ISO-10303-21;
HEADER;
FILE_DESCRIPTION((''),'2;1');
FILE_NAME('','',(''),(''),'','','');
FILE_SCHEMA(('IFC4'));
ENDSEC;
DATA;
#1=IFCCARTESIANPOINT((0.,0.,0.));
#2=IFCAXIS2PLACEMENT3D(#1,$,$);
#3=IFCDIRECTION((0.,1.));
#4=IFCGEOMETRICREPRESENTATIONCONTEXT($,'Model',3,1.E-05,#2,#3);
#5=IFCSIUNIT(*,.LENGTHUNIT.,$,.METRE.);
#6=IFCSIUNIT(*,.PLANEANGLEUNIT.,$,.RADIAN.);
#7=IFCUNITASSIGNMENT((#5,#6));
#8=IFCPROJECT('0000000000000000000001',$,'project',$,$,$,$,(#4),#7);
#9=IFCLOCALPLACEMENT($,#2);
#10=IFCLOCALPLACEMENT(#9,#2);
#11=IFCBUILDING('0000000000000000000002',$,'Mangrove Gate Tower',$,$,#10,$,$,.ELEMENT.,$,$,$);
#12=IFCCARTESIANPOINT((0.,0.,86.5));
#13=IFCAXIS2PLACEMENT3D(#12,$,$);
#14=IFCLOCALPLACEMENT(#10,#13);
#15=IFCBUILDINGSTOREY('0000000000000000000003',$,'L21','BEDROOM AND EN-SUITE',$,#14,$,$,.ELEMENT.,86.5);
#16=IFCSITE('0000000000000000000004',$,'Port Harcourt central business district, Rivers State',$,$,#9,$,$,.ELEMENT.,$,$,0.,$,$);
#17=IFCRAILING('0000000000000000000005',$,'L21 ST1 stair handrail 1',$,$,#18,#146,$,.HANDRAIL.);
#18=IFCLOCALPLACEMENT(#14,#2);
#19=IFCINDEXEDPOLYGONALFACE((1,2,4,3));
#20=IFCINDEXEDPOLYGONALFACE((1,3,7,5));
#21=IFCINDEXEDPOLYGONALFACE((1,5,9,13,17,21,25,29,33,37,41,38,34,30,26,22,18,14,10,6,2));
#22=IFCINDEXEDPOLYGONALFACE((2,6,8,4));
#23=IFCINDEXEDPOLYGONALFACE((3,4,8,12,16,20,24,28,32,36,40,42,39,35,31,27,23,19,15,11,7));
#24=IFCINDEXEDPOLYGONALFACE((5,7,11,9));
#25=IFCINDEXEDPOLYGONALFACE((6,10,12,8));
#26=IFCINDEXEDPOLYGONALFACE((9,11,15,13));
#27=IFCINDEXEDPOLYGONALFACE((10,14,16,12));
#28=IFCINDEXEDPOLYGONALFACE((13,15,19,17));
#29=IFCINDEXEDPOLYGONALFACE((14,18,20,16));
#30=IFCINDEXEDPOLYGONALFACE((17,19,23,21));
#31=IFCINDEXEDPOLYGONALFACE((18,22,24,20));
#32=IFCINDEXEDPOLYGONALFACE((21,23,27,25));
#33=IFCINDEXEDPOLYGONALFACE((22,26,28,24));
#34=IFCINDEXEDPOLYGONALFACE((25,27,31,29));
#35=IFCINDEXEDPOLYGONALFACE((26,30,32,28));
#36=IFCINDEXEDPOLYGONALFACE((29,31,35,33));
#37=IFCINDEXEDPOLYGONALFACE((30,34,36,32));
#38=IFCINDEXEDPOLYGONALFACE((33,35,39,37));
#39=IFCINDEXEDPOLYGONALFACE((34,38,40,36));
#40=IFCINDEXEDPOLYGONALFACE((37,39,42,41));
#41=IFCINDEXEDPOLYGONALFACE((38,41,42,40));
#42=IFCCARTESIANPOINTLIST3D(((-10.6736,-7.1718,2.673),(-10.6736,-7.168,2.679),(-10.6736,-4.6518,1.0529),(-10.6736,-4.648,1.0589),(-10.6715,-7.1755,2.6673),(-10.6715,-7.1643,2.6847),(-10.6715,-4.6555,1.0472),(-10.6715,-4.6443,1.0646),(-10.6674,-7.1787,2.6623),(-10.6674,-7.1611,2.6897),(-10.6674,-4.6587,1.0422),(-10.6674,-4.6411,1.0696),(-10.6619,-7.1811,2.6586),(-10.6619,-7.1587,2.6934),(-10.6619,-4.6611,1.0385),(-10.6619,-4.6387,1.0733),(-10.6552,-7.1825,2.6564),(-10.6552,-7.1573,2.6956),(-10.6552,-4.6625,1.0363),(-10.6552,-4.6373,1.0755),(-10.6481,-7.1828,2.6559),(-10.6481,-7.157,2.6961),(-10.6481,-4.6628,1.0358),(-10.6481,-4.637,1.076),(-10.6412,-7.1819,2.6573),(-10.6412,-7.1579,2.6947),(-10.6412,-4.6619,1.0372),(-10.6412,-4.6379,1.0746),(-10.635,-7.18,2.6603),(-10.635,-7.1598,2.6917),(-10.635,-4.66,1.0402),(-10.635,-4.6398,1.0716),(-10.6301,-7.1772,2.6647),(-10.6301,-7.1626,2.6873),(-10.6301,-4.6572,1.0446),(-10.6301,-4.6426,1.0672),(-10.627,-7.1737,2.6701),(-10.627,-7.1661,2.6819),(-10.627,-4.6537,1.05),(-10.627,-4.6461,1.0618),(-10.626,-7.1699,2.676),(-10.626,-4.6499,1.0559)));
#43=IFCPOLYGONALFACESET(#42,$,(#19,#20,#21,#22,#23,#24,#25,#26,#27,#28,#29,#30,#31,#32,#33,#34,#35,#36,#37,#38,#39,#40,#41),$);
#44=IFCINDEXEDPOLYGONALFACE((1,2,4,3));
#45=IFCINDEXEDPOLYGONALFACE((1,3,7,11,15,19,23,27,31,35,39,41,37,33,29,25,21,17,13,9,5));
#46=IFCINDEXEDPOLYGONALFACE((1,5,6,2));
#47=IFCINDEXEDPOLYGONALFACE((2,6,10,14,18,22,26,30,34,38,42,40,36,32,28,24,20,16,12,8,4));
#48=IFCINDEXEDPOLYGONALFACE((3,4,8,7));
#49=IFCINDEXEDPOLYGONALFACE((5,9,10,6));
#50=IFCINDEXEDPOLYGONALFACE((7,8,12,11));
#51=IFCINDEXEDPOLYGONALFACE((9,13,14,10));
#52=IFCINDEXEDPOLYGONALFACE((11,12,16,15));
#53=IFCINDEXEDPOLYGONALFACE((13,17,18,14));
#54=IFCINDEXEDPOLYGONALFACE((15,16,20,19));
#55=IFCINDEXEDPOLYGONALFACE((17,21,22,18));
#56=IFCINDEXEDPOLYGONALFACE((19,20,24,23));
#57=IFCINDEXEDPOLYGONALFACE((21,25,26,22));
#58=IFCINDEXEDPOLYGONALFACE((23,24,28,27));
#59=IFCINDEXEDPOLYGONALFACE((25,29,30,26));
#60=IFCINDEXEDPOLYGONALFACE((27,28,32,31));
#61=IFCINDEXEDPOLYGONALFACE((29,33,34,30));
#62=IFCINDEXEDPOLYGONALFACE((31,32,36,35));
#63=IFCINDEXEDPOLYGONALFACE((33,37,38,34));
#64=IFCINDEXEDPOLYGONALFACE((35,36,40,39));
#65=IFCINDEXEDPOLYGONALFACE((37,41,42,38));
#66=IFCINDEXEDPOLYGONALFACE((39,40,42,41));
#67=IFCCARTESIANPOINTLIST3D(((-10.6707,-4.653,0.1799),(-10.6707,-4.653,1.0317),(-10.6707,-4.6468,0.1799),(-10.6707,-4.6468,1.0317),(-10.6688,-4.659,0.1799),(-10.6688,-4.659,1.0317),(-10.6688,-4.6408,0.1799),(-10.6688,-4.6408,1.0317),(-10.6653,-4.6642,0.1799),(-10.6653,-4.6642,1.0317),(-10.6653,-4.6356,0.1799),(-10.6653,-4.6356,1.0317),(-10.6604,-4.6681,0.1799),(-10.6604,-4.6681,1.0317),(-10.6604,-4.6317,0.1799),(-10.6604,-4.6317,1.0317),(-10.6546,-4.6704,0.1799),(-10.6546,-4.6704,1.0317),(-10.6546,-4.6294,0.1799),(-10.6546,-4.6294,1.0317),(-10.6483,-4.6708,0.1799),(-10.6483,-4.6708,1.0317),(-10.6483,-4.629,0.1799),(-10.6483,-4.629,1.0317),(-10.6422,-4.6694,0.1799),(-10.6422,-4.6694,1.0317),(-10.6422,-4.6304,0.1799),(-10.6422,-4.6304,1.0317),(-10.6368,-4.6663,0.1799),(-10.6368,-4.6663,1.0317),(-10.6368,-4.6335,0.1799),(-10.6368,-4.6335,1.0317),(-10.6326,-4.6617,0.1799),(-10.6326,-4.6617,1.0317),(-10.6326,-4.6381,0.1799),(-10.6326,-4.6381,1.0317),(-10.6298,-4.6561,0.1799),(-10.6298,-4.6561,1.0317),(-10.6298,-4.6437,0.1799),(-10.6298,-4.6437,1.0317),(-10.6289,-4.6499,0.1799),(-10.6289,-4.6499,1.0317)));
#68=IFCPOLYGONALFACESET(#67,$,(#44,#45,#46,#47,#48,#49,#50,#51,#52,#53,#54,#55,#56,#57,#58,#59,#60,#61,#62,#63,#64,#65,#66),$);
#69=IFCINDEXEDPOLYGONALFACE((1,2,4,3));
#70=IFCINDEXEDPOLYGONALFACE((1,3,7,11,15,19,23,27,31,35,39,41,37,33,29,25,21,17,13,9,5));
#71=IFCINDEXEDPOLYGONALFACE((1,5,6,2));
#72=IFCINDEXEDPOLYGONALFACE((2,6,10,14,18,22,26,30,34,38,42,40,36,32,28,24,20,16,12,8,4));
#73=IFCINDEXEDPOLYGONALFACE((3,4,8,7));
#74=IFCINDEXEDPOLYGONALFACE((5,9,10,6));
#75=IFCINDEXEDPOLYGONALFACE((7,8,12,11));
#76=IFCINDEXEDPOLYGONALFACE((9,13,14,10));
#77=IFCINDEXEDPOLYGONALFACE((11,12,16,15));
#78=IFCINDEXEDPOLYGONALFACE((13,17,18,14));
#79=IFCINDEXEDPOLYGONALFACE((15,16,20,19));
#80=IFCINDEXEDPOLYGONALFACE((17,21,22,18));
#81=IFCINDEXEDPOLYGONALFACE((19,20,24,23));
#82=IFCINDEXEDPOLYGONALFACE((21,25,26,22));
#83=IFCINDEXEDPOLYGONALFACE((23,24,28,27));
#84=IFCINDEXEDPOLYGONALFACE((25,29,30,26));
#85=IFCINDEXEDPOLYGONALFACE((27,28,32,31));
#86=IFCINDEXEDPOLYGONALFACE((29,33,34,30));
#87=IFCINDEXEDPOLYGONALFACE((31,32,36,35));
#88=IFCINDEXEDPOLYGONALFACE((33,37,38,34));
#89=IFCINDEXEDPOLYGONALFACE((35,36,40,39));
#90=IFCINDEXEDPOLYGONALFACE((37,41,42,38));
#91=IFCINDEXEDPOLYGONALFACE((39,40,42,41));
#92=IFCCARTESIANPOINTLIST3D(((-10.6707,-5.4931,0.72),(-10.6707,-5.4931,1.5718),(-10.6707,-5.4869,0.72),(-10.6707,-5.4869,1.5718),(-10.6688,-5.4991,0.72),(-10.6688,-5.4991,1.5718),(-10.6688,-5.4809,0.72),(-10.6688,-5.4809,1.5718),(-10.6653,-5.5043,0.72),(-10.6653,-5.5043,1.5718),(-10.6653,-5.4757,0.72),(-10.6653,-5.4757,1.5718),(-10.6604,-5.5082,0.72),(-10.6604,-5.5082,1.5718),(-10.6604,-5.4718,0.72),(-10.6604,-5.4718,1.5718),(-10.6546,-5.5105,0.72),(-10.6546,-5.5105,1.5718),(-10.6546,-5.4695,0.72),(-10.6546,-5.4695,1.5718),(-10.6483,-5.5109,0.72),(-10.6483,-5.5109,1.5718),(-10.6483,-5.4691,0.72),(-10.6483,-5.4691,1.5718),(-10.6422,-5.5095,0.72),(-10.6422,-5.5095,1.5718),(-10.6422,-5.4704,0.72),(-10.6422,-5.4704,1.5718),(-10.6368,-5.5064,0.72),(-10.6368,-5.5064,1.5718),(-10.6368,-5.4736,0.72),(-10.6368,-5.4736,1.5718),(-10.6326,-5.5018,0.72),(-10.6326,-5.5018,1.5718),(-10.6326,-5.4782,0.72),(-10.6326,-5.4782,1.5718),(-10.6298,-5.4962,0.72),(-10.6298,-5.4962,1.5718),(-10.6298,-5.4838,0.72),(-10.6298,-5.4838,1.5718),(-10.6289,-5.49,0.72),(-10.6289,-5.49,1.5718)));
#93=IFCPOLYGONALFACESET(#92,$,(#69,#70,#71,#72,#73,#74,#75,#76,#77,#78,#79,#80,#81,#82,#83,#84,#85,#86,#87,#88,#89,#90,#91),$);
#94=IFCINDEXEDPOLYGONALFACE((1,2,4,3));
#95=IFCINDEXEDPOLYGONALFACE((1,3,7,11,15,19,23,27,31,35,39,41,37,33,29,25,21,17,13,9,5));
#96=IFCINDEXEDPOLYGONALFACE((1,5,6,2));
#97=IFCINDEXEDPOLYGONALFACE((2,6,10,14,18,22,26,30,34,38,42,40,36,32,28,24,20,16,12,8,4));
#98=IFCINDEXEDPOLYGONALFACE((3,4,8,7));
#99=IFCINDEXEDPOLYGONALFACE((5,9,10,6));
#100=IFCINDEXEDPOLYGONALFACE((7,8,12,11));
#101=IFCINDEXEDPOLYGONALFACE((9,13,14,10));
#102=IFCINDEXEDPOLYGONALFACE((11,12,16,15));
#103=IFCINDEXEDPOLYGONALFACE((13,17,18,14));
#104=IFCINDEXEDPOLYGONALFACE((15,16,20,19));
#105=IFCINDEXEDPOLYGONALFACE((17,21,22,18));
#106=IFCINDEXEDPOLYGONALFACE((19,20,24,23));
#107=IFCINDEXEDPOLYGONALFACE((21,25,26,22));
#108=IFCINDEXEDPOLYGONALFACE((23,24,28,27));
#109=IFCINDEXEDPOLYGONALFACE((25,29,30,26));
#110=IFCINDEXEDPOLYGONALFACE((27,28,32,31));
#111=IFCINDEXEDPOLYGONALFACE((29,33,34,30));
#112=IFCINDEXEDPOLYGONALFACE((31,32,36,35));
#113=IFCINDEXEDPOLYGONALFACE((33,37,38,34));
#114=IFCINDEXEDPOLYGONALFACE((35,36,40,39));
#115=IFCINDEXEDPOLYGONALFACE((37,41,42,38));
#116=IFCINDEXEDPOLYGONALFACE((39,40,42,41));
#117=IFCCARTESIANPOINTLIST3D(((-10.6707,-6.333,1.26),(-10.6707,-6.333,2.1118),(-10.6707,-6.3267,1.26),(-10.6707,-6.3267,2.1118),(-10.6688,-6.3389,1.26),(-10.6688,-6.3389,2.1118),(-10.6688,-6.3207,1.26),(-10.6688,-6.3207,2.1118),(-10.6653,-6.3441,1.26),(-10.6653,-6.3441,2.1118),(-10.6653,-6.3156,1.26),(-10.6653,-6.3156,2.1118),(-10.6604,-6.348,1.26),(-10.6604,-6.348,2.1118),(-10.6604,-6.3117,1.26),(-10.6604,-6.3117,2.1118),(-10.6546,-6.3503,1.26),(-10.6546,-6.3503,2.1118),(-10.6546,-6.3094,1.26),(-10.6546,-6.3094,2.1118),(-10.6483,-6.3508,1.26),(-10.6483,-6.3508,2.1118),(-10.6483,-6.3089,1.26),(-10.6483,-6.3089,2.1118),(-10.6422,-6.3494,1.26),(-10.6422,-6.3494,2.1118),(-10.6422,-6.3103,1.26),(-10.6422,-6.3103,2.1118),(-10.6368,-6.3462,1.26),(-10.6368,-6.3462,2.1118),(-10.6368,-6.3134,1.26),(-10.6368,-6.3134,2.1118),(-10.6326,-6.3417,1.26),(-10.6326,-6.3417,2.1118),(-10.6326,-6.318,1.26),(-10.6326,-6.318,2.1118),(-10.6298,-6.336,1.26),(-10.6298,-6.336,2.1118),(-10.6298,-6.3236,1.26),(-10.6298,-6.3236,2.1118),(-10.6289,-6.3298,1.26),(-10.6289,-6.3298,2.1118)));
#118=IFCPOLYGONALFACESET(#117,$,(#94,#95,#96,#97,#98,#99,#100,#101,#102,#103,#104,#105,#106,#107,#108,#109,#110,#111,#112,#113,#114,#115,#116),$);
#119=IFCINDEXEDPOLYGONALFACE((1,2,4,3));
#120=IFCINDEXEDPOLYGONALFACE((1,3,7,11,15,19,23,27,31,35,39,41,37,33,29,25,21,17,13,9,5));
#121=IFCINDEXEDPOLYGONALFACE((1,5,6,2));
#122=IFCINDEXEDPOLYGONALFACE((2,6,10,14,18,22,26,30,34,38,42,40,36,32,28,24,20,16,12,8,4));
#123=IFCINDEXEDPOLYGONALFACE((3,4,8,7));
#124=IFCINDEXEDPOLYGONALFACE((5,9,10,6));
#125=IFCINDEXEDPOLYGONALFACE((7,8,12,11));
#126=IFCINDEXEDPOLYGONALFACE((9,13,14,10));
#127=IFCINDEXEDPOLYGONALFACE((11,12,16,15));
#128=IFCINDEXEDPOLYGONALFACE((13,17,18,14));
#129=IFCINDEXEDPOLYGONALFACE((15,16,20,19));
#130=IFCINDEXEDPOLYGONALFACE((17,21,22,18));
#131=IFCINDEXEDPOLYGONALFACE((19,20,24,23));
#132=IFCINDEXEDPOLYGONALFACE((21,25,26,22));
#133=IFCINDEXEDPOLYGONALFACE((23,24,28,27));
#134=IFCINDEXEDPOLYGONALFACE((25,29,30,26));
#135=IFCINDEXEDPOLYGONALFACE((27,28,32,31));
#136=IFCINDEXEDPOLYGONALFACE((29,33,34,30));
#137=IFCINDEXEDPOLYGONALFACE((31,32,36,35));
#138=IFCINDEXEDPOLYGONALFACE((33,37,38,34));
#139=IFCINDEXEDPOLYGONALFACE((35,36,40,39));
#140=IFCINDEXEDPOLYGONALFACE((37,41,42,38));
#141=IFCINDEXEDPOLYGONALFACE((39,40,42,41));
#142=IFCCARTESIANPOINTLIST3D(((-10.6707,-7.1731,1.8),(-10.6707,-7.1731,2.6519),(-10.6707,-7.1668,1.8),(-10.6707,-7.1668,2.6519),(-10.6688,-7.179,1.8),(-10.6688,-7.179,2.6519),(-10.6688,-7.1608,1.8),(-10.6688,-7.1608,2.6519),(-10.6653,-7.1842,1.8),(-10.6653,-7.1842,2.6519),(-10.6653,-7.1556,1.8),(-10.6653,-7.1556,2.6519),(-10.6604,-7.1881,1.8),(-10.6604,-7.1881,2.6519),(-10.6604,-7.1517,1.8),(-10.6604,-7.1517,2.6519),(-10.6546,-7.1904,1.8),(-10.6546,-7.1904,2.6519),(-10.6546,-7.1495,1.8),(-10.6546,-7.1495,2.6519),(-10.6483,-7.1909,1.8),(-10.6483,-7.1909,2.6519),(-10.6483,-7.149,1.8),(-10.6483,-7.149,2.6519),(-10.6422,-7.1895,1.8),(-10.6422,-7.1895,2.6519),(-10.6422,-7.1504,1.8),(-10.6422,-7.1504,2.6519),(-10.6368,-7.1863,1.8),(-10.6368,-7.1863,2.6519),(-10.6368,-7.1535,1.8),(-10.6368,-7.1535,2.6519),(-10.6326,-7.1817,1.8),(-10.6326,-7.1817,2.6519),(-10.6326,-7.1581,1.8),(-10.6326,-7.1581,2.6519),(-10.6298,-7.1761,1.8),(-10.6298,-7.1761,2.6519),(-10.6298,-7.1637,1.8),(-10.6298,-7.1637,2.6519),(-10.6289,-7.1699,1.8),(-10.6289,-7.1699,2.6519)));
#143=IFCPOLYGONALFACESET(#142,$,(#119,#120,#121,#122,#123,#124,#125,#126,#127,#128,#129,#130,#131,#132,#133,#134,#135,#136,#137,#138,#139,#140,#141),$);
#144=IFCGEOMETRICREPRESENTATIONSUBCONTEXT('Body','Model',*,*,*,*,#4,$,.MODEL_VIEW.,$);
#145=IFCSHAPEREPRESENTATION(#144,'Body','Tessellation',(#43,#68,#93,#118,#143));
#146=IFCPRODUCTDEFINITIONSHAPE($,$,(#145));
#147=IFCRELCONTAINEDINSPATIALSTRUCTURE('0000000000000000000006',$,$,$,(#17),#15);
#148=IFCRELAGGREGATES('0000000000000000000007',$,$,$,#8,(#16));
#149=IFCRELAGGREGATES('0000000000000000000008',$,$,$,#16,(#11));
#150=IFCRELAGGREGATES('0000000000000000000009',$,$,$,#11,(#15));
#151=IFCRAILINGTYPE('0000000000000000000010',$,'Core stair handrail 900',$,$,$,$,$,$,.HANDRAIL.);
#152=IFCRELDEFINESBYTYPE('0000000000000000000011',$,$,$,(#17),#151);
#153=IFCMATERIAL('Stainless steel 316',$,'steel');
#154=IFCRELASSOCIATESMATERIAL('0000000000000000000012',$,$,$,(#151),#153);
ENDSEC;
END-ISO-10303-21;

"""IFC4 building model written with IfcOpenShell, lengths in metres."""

from ifc_helpers import new_model, si_unit, direction, frame, origin, origin_2d, place, context, subcontext, project, spatial, circle, extrude, material, type_object, element, save


model = new_model("IFC4")

# Units and contexts
model_context = context("Model", 3, precision=1e-05, world=origin(), true_north=direction((0.0, 1.0)))
body_context = subcontext(model_context, "Body", "Model", "MODEL_VIEW")
ifc_project = project(units=[si_unit("LENGTHUNIT", "METRE"), si_unit("PLANEANGLEUNIT", "RADIAN")], contexts=[model_context])

# Site, building, storey
site_placement = place(None, origin())
site = spatial("IfcSite", under=ifc_project, at=site_placement, Name="Port Harcourt central business district, Rivers State", CompositionType="ELEMENT", RefElevation=0.0)
building_placement = place(site_placement, origin())
building = spatial("IfcBuilding", under=site, at=building_placement, Name="Mangrove Gate Tower", CompositionType="ELEMENT")
storey_placement = place(building_placement, frame((0.0, 0.0, 86.5)))
storey = spatial("IfcBuildingStorey", under=building, at=storey_placement, Name="L21", Description="BEDROOM AND EN-SUITE", CompositionType="ELEMENT", Elevation=86.5)

# Railing
ifc_material_1 = material(Name="Stainless steel 316", Category="steel")
railing_type_1 = type_object("IfcRailingType", Name="Core stair handrail 900", PredefinedType="HANDRAIL", material=ifc_material_1)
railing_1_placement = place(storey_placement, frame((-10.6499, -4.6499, 0.1799)))
element("IfcRailing", 1, at=railing_1_placement, inside=storey, type_object=railing_type_1, Name="L21 ST1 stair handrail 1", PredefinedType="HANDRAIL", context=body_context, shape_type="SweptSolid", body=[
    extrude(circle(Radius=0.0239, at=origin_2d()), frame((0.0, 0.0, 0.876), z_axis=(0.0, -0.841163, 0.540782), x_axis=(1.0, 0.0, 0.0)), (0.0, 0.0, 1.0), 2.9958),
    extrude(circle(Radius=0.021, at=origin_2d()), origin(), (0.0, 0.0, 1.0), 0.8518),
    extrude(circle(Radius=0.021, at=origin_2d()), frame((0.0, -0.8401, 0.54)), (0.0, 0.0, 1.0), 0.8518),
    extrude(circle(Radius=0.021, at=origin_2d()), frame((0.0, -1.6799, 1.0801)), (0.0, 0.0, 1.0), 0.8518),
    extrude(circle(Radius=0.021, at=origin_2d()), frame((0.0, -2.52, 1.6201)), (0.0, 0.0, 1.0), 0.8518),
])

save(model, "model.ifc")
